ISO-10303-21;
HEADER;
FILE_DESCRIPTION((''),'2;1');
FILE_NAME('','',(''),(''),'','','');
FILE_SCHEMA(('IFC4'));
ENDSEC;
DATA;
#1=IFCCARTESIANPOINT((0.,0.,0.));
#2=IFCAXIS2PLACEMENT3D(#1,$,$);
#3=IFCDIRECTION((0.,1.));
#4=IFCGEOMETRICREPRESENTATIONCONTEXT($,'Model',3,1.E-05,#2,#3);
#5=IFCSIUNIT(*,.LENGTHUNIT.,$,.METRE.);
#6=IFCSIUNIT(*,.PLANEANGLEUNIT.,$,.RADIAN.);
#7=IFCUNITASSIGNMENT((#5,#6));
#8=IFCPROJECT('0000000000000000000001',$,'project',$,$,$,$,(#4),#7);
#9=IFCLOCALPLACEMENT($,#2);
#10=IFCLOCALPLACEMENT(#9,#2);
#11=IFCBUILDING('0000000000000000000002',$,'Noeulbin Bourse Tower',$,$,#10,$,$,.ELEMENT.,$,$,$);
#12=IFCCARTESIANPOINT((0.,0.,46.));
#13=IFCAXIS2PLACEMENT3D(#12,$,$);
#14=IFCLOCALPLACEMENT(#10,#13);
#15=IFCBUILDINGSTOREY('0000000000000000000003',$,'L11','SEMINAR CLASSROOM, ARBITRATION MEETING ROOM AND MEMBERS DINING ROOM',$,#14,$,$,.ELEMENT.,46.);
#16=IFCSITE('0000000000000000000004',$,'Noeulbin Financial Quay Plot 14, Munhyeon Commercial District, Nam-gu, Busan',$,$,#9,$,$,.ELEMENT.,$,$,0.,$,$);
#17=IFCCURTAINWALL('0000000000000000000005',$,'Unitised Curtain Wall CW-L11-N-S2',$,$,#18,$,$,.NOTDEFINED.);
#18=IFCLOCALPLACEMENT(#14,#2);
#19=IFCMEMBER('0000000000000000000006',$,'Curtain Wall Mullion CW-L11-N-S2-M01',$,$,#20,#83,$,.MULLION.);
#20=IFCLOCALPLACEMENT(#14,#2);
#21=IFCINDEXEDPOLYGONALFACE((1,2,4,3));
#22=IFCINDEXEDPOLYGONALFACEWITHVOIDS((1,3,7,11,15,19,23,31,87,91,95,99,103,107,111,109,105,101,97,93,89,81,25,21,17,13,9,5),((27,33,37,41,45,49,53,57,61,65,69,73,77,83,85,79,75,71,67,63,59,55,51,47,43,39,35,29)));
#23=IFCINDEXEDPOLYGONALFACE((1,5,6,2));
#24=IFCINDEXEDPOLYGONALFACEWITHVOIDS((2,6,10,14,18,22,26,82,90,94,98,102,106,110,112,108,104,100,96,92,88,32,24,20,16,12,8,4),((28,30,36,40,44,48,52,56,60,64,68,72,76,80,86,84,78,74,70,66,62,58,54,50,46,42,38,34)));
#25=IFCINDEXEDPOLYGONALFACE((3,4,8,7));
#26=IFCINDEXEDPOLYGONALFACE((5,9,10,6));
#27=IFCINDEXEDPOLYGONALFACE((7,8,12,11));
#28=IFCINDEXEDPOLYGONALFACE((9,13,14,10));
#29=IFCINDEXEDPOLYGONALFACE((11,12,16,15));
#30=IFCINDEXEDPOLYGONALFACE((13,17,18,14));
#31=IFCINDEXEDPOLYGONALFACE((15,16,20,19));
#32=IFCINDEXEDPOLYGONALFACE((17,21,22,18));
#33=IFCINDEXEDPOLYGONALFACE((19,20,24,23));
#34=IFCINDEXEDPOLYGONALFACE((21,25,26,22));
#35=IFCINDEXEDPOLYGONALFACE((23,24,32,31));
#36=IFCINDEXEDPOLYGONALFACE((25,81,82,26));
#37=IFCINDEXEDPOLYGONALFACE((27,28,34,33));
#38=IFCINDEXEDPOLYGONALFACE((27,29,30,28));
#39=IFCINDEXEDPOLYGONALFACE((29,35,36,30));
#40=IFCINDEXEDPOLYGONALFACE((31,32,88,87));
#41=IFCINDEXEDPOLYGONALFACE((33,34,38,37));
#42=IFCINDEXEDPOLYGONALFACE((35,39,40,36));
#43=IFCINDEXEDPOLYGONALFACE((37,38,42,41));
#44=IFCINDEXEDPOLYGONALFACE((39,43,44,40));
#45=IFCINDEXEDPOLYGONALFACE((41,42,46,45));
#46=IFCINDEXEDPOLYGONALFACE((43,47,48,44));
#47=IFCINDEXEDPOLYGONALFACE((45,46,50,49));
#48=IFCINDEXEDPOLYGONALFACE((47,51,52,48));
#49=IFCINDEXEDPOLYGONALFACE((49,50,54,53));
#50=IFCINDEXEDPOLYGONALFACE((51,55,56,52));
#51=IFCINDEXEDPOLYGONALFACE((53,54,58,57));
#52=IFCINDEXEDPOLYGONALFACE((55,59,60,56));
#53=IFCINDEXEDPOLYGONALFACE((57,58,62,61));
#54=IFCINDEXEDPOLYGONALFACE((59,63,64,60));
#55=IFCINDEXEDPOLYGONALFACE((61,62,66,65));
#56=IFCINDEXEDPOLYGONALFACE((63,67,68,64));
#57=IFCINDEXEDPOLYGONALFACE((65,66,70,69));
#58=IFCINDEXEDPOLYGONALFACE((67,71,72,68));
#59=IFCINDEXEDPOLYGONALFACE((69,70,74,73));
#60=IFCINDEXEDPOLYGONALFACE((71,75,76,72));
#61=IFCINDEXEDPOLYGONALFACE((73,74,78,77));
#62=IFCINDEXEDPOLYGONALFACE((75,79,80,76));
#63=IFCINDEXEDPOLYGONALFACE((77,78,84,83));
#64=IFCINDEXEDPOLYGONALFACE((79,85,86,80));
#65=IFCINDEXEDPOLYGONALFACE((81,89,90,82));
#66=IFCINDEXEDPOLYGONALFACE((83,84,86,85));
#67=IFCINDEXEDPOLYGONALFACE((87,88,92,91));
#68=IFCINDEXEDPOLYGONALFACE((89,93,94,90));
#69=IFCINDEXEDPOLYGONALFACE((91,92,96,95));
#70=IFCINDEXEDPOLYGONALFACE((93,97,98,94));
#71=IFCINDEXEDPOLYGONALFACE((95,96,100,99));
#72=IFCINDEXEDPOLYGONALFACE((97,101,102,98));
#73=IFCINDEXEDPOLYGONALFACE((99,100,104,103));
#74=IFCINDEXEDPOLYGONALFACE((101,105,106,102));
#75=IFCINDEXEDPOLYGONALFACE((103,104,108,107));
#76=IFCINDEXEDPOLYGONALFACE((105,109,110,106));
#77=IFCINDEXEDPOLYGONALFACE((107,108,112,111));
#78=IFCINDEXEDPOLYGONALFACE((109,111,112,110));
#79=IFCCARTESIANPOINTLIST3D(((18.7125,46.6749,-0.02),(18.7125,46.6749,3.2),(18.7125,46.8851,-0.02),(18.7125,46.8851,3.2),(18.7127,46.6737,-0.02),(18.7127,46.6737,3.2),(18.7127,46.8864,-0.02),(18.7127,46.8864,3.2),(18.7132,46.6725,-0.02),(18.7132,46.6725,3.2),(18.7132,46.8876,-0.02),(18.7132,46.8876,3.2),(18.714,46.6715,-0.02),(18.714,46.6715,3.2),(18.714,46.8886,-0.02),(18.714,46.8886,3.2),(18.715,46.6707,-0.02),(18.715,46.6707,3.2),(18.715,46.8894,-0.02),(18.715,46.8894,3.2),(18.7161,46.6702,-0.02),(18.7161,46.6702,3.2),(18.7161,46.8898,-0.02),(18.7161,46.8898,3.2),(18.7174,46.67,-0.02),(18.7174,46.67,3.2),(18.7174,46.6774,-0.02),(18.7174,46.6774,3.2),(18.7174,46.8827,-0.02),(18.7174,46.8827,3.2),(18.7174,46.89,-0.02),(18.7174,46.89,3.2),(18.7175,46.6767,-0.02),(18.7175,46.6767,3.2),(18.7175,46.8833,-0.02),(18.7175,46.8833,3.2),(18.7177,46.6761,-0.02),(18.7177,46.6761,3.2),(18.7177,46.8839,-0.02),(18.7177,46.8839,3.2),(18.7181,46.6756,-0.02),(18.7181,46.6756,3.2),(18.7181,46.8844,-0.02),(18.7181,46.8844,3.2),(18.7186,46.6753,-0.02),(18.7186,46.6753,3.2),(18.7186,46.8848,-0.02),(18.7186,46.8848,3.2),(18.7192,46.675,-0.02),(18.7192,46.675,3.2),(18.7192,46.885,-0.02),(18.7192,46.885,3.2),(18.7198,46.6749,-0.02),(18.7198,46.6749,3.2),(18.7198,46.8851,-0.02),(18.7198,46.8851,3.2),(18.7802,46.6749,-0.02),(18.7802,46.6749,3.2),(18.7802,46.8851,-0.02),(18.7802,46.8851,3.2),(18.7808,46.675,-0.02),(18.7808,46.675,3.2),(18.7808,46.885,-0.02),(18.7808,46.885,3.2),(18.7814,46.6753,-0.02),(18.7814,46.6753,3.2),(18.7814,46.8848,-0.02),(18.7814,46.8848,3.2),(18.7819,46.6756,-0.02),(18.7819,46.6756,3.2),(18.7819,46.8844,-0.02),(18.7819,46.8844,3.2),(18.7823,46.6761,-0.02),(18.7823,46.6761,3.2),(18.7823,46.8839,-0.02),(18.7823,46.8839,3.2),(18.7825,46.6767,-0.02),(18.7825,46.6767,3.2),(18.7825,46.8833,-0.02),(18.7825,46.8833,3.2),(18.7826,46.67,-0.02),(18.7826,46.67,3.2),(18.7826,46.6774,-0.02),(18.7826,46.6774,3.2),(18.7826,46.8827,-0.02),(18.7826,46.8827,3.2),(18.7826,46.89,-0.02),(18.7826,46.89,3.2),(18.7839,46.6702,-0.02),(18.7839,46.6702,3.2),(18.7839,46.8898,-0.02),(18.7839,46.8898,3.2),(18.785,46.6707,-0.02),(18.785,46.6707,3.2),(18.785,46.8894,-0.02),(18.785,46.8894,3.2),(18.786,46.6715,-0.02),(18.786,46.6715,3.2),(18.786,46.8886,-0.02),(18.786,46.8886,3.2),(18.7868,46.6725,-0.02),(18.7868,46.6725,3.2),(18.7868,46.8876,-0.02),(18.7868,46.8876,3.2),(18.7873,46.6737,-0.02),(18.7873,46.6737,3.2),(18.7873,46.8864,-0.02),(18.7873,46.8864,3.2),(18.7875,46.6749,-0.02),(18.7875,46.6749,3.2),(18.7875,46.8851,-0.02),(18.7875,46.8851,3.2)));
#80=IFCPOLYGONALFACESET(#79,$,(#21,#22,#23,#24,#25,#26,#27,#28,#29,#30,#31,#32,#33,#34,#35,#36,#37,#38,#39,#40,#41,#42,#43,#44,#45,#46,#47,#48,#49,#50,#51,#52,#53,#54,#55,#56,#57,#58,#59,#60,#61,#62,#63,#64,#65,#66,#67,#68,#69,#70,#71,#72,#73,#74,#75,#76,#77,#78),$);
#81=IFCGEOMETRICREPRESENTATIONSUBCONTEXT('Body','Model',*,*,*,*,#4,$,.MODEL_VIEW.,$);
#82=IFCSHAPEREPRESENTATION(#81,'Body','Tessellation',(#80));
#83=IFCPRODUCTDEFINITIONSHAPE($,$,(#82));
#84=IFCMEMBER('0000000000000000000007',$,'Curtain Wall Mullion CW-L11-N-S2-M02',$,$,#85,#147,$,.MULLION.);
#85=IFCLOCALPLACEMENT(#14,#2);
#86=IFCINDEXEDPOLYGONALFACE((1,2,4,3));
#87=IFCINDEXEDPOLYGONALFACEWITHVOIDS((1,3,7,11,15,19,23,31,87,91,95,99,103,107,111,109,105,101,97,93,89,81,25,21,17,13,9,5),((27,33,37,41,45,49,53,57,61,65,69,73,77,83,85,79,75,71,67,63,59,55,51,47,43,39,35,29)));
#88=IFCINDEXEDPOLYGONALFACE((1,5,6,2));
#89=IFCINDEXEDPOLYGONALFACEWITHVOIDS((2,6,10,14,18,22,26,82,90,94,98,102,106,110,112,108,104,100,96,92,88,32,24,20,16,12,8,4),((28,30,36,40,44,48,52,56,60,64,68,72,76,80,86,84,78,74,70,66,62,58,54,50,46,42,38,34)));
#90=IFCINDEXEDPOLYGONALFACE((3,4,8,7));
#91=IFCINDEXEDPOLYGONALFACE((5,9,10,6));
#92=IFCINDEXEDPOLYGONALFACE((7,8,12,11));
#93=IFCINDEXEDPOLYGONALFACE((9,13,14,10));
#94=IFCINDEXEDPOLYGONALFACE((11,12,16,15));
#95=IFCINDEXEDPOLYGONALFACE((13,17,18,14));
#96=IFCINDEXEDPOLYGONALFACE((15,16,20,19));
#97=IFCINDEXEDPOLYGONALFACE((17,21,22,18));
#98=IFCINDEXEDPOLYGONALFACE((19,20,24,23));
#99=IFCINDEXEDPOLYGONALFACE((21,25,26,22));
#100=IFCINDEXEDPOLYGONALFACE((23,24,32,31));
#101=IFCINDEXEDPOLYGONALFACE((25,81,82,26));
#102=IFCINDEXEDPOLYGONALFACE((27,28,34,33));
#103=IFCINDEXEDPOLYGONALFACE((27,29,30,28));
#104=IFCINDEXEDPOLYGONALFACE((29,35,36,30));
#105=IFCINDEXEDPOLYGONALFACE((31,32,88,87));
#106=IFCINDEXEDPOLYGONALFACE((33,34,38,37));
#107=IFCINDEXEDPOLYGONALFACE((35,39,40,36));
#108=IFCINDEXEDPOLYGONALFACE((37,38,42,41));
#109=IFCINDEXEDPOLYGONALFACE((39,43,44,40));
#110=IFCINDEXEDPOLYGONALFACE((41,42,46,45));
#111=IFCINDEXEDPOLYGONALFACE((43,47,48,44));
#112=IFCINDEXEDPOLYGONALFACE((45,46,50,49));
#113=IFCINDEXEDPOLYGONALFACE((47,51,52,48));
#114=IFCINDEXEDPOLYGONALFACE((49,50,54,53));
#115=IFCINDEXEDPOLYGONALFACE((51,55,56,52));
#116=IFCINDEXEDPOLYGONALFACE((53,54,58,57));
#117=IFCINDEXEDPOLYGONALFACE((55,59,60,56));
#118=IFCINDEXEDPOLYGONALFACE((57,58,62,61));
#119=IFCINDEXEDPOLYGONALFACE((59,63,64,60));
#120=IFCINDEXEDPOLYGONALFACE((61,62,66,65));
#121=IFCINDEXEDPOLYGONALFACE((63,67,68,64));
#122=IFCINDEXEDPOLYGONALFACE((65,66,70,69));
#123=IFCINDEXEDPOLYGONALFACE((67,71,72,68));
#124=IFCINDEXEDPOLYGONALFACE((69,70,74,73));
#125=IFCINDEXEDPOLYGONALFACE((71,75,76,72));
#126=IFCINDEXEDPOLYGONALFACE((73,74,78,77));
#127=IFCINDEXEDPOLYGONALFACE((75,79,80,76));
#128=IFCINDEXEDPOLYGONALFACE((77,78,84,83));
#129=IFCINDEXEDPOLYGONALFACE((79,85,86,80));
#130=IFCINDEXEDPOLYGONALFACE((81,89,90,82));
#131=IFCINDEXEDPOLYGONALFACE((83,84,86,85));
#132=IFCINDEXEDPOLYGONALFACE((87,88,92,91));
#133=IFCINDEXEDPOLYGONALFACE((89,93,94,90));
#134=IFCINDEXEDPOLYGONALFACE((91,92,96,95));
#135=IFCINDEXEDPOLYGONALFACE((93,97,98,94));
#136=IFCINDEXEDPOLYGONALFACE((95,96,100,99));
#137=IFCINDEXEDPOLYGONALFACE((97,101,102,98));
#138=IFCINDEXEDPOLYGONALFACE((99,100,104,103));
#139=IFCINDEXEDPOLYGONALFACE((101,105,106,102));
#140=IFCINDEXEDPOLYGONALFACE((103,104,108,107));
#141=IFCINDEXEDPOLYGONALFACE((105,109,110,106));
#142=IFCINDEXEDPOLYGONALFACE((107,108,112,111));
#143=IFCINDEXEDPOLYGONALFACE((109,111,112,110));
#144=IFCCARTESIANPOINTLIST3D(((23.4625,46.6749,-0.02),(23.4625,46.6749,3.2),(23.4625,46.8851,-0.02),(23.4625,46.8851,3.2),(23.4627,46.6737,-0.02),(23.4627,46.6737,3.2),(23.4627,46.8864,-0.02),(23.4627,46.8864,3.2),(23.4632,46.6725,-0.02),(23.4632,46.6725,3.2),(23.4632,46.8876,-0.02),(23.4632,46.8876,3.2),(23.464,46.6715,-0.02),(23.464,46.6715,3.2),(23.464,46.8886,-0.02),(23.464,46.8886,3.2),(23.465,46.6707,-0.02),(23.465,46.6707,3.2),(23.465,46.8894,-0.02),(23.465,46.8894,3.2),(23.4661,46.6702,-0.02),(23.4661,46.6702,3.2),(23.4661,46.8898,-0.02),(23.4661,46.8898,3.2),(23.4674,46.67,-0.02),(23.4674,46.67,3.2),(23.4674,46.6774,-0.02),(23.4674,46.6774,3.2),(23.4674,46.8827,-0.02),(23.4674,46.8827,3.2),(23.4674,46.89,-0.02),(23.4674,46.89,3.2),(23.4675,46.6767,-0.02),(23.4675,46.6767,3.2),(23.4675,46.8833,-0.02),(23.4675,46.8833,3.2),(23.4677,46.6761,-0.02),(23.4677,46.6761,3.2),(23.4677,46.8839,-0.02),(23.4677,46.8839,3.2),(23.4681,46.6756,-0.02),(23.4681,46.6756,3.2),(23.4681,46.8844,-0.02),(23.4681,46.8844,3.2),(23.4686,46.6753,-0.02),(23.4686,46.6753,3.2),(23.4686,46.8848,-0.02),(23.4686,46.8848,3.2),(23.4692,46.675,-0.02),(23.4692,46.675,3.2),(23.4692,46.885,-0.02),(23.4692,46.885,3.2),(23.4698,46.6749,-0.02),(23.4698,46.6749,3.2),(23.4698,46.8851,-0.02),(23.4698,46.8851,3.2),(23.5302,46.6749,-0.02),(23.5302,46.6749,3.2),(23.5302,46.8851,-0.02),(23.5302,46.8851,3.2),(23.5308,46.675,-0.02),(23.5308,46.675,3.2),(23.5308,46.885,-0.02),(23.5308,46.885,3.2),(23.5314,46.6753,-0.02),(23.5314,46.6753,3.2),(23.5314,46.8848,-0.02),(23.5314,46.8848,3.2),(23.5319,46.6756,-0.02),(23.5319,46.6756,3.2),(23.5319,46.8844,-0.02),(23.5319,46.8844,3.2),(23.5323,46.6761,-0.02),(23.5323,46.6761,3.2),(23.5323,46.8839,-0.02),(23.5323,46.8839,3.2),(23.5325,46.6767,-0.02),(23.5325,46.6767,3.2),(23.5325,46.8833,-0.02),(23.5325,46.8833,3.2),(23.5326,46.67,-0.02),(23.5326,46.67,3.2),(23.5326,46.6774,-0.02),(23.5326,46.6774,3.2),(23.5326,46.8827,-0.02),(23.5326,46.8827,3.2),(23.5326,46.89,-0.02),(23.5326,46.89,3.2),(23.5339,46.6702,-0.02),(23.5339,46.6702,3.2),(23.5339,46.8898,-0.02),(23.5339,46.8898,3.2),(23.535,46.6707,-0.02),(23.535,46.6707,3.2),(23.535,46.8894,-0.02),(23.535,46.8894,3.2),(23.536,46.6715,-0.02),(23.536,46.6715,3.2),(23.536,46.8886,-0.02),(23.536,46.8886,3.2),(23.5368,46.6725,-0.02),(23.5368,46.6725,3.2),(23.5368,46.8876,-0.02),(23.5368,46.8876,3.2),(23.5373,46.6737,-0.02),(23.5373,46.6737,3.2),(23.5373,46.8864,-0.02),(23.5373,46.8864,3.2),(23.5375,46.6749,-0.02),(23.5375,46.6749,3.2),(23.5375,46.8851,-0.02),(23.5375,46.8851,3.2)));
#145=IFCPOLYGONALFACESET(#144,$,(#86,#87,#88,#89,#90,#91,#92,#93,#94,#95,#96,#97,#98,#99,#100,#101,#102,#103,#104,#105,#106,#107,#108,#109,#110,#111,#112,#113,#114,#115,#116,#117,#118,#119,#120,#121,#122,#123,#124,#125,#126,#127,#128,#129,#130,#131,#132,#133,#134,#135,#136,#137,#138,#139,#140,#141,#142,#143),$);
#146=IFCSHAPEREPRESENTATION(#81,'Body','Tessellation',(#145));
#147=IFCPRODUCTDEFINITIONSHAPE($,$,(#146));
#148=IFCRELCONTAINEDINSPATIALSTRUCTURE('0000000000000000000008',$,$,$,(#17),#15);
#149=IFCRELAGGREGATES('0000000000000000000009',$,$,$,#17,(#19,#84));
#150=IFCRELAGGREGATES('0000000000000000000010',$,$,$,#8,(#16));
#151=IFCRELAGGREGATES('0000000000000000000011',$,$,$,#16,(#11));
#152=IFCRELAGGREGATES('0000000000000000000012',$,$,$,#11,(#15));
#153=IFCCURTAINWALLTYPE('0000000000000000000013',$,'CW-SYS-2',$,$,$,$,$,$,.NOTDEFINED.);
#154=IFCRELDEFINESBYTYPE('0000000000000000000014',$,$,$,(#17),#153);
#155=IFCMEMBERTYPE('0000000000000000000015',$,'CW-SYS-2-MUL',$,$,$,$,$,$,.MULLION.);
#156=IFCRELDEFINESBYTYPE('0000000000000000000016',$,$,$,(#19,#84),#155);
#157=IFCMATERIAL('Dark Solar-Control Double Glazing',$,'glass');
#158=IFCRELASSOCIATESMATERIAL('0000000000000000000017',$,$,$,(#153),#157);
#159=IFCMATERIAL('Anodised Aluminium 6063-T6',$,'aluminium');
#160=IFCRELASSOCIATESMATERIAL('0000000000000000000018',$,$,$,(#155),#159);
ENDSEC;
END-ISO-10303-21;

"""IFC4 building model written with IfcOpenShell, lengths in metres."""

from ifc_helpers import new_model, si_unit, direction, frame, origin, origin_2d, place, context, subcontext, project, spatial, hollow_rectangle, extrude, material, material_profile, profile_set, type_object, element, aggregate, save


model = new_model("IFC4")

# Units and contexts
model_context = context("Model", 3, precision=1e-05, world=origin(), true_north=direction((0.0, 1.0)))
body_context = subcontext(model_context, "Body", "Model", "MODEL_VIEW")
ifc_project = project(units=[si_unit("LENGTHUNIT", "METRE"), si_unit("PLANEANGLEUNIT", "RADIAN")], contexts=[model_context])

# Site, building, storey
site_placement = place(None, origin())
site = spatial("IfcSite", under=ifc_project, at=site_placement, Name="Noeulbin Financial Quay Plot 14, Munhyeon Commercial District, Nam-gu, Busan", CompositionType="ELEMENT", RefElevation=0.0)
building_placement = place(site_placement, origin())
building = spatial("IfcBuilding", under=site, at=building_placement, Name="Noeulbin Bourse Tower", CompositionType="ELEMENT")
storey_placement = place(building_placement, frame((0.0, 0.0, 46.0)))
storey = spatial("IfcBuildingStorey", under=building, at=storey_placement, Name="L11", Description="SEMINAR CLASSROOM, ARBITRATION MEETING ROOM AND MEMBERS DINING ROOM", CompositionType="ELEMENT", Elevation=46.0)

# Curtain wall, members
ifc_material_1 = material(Name="Dark Solar-Control Double Glazing", Category="glass")
curtain_wall_type = type_object("IfcCurtainWallType", Name="CW-SYS-2", PredefinedType="NOTDEFINED", material=ifc_material_1)
curtain_wall_1_placement = place(storey_placement, origin())
curtain_wall_1 = element("IfcCurtainWall", 1, at=curtain_wall_1_placement, inside=storey, type_object=curtain_wall_type, Name="Unitised Curtain Wall CW-L11-N-S2", PredefinedType="NOTDEFINED")
ifc_material_2 = material(Name="Anodised Aluminium 6063-T6", Category="aluminium")
ifc_material_profile_1 = material_profile(ifc_material_2, hollow_rectangle(XDim=0.075, YDim=0.22, WallThickness=0.0049, InnerFilletRadius=0.0024, OuterFilletRadius=0.0049, at=origin_2d()), Name="ALU-MULL-75x220x5", Category="LoadBearing")
ifc_profile_set_1 = profile_set([ifc_material_profile_1], Name="Anodised Aluminium 6063-T6")
member_type_1 = type_object("IfcMemberType", Name="CW-SYS-2-MUL", PredefinedType="MULLION", material=ifc_profile_set_1)
member_1_placement = place(storey_placement, frame((18.75, 46.78, -0.02), z_axis=(0.0, 0.0, 1.0), x_axis=(1.0, 0.0, 0.0)))
member_1 = element("IfcMember", 2, at=member_1_placement, type_object=member_type_1, Name="Curtain Wall Mullion CW-L11-N-S2-M01", PredefinedType="MULLION", context=body_context, shape_type="SweptSolid", body=[
    extrude(hollow_rectangle(XDim=0.075, YDim=0.22, WallThickness=0.0049, InnerFilletRadius=0.0024, OuterFilletRadius=0.0049, at=origin_2d()), origin(), (0.0, 0.0, 1.0), 3.22),
])
member_2_placement = place(storey_placement, frame((23.5, 46.78, -0.02), z_axis=(0.0, 0.0, 1.0), x_axis=(1.0, 0.0, 0.0)))
member_2 = element("IfcMember", 3, at=member_2_placement, type_object=member_type_1, Name="Curtain Wall Mullion CW-L11-N-S2-M02", PredefinedType="MULLION", context=body_context, shape_type="SweptSolid", body=[
    extrude(hollow_rectangle(XDim=0.075, YDim=0.22, WallThickness=0.0049, InnerFilletRadius=0.0024, OuterFilletRadius=0.0049, at=origin_2d()), origin(), (0.0, 0.0, 1.0), 3.22),
])

aggregate(curtain_wall_1, [member_1, member_2])

save(model, "model.ifc")
